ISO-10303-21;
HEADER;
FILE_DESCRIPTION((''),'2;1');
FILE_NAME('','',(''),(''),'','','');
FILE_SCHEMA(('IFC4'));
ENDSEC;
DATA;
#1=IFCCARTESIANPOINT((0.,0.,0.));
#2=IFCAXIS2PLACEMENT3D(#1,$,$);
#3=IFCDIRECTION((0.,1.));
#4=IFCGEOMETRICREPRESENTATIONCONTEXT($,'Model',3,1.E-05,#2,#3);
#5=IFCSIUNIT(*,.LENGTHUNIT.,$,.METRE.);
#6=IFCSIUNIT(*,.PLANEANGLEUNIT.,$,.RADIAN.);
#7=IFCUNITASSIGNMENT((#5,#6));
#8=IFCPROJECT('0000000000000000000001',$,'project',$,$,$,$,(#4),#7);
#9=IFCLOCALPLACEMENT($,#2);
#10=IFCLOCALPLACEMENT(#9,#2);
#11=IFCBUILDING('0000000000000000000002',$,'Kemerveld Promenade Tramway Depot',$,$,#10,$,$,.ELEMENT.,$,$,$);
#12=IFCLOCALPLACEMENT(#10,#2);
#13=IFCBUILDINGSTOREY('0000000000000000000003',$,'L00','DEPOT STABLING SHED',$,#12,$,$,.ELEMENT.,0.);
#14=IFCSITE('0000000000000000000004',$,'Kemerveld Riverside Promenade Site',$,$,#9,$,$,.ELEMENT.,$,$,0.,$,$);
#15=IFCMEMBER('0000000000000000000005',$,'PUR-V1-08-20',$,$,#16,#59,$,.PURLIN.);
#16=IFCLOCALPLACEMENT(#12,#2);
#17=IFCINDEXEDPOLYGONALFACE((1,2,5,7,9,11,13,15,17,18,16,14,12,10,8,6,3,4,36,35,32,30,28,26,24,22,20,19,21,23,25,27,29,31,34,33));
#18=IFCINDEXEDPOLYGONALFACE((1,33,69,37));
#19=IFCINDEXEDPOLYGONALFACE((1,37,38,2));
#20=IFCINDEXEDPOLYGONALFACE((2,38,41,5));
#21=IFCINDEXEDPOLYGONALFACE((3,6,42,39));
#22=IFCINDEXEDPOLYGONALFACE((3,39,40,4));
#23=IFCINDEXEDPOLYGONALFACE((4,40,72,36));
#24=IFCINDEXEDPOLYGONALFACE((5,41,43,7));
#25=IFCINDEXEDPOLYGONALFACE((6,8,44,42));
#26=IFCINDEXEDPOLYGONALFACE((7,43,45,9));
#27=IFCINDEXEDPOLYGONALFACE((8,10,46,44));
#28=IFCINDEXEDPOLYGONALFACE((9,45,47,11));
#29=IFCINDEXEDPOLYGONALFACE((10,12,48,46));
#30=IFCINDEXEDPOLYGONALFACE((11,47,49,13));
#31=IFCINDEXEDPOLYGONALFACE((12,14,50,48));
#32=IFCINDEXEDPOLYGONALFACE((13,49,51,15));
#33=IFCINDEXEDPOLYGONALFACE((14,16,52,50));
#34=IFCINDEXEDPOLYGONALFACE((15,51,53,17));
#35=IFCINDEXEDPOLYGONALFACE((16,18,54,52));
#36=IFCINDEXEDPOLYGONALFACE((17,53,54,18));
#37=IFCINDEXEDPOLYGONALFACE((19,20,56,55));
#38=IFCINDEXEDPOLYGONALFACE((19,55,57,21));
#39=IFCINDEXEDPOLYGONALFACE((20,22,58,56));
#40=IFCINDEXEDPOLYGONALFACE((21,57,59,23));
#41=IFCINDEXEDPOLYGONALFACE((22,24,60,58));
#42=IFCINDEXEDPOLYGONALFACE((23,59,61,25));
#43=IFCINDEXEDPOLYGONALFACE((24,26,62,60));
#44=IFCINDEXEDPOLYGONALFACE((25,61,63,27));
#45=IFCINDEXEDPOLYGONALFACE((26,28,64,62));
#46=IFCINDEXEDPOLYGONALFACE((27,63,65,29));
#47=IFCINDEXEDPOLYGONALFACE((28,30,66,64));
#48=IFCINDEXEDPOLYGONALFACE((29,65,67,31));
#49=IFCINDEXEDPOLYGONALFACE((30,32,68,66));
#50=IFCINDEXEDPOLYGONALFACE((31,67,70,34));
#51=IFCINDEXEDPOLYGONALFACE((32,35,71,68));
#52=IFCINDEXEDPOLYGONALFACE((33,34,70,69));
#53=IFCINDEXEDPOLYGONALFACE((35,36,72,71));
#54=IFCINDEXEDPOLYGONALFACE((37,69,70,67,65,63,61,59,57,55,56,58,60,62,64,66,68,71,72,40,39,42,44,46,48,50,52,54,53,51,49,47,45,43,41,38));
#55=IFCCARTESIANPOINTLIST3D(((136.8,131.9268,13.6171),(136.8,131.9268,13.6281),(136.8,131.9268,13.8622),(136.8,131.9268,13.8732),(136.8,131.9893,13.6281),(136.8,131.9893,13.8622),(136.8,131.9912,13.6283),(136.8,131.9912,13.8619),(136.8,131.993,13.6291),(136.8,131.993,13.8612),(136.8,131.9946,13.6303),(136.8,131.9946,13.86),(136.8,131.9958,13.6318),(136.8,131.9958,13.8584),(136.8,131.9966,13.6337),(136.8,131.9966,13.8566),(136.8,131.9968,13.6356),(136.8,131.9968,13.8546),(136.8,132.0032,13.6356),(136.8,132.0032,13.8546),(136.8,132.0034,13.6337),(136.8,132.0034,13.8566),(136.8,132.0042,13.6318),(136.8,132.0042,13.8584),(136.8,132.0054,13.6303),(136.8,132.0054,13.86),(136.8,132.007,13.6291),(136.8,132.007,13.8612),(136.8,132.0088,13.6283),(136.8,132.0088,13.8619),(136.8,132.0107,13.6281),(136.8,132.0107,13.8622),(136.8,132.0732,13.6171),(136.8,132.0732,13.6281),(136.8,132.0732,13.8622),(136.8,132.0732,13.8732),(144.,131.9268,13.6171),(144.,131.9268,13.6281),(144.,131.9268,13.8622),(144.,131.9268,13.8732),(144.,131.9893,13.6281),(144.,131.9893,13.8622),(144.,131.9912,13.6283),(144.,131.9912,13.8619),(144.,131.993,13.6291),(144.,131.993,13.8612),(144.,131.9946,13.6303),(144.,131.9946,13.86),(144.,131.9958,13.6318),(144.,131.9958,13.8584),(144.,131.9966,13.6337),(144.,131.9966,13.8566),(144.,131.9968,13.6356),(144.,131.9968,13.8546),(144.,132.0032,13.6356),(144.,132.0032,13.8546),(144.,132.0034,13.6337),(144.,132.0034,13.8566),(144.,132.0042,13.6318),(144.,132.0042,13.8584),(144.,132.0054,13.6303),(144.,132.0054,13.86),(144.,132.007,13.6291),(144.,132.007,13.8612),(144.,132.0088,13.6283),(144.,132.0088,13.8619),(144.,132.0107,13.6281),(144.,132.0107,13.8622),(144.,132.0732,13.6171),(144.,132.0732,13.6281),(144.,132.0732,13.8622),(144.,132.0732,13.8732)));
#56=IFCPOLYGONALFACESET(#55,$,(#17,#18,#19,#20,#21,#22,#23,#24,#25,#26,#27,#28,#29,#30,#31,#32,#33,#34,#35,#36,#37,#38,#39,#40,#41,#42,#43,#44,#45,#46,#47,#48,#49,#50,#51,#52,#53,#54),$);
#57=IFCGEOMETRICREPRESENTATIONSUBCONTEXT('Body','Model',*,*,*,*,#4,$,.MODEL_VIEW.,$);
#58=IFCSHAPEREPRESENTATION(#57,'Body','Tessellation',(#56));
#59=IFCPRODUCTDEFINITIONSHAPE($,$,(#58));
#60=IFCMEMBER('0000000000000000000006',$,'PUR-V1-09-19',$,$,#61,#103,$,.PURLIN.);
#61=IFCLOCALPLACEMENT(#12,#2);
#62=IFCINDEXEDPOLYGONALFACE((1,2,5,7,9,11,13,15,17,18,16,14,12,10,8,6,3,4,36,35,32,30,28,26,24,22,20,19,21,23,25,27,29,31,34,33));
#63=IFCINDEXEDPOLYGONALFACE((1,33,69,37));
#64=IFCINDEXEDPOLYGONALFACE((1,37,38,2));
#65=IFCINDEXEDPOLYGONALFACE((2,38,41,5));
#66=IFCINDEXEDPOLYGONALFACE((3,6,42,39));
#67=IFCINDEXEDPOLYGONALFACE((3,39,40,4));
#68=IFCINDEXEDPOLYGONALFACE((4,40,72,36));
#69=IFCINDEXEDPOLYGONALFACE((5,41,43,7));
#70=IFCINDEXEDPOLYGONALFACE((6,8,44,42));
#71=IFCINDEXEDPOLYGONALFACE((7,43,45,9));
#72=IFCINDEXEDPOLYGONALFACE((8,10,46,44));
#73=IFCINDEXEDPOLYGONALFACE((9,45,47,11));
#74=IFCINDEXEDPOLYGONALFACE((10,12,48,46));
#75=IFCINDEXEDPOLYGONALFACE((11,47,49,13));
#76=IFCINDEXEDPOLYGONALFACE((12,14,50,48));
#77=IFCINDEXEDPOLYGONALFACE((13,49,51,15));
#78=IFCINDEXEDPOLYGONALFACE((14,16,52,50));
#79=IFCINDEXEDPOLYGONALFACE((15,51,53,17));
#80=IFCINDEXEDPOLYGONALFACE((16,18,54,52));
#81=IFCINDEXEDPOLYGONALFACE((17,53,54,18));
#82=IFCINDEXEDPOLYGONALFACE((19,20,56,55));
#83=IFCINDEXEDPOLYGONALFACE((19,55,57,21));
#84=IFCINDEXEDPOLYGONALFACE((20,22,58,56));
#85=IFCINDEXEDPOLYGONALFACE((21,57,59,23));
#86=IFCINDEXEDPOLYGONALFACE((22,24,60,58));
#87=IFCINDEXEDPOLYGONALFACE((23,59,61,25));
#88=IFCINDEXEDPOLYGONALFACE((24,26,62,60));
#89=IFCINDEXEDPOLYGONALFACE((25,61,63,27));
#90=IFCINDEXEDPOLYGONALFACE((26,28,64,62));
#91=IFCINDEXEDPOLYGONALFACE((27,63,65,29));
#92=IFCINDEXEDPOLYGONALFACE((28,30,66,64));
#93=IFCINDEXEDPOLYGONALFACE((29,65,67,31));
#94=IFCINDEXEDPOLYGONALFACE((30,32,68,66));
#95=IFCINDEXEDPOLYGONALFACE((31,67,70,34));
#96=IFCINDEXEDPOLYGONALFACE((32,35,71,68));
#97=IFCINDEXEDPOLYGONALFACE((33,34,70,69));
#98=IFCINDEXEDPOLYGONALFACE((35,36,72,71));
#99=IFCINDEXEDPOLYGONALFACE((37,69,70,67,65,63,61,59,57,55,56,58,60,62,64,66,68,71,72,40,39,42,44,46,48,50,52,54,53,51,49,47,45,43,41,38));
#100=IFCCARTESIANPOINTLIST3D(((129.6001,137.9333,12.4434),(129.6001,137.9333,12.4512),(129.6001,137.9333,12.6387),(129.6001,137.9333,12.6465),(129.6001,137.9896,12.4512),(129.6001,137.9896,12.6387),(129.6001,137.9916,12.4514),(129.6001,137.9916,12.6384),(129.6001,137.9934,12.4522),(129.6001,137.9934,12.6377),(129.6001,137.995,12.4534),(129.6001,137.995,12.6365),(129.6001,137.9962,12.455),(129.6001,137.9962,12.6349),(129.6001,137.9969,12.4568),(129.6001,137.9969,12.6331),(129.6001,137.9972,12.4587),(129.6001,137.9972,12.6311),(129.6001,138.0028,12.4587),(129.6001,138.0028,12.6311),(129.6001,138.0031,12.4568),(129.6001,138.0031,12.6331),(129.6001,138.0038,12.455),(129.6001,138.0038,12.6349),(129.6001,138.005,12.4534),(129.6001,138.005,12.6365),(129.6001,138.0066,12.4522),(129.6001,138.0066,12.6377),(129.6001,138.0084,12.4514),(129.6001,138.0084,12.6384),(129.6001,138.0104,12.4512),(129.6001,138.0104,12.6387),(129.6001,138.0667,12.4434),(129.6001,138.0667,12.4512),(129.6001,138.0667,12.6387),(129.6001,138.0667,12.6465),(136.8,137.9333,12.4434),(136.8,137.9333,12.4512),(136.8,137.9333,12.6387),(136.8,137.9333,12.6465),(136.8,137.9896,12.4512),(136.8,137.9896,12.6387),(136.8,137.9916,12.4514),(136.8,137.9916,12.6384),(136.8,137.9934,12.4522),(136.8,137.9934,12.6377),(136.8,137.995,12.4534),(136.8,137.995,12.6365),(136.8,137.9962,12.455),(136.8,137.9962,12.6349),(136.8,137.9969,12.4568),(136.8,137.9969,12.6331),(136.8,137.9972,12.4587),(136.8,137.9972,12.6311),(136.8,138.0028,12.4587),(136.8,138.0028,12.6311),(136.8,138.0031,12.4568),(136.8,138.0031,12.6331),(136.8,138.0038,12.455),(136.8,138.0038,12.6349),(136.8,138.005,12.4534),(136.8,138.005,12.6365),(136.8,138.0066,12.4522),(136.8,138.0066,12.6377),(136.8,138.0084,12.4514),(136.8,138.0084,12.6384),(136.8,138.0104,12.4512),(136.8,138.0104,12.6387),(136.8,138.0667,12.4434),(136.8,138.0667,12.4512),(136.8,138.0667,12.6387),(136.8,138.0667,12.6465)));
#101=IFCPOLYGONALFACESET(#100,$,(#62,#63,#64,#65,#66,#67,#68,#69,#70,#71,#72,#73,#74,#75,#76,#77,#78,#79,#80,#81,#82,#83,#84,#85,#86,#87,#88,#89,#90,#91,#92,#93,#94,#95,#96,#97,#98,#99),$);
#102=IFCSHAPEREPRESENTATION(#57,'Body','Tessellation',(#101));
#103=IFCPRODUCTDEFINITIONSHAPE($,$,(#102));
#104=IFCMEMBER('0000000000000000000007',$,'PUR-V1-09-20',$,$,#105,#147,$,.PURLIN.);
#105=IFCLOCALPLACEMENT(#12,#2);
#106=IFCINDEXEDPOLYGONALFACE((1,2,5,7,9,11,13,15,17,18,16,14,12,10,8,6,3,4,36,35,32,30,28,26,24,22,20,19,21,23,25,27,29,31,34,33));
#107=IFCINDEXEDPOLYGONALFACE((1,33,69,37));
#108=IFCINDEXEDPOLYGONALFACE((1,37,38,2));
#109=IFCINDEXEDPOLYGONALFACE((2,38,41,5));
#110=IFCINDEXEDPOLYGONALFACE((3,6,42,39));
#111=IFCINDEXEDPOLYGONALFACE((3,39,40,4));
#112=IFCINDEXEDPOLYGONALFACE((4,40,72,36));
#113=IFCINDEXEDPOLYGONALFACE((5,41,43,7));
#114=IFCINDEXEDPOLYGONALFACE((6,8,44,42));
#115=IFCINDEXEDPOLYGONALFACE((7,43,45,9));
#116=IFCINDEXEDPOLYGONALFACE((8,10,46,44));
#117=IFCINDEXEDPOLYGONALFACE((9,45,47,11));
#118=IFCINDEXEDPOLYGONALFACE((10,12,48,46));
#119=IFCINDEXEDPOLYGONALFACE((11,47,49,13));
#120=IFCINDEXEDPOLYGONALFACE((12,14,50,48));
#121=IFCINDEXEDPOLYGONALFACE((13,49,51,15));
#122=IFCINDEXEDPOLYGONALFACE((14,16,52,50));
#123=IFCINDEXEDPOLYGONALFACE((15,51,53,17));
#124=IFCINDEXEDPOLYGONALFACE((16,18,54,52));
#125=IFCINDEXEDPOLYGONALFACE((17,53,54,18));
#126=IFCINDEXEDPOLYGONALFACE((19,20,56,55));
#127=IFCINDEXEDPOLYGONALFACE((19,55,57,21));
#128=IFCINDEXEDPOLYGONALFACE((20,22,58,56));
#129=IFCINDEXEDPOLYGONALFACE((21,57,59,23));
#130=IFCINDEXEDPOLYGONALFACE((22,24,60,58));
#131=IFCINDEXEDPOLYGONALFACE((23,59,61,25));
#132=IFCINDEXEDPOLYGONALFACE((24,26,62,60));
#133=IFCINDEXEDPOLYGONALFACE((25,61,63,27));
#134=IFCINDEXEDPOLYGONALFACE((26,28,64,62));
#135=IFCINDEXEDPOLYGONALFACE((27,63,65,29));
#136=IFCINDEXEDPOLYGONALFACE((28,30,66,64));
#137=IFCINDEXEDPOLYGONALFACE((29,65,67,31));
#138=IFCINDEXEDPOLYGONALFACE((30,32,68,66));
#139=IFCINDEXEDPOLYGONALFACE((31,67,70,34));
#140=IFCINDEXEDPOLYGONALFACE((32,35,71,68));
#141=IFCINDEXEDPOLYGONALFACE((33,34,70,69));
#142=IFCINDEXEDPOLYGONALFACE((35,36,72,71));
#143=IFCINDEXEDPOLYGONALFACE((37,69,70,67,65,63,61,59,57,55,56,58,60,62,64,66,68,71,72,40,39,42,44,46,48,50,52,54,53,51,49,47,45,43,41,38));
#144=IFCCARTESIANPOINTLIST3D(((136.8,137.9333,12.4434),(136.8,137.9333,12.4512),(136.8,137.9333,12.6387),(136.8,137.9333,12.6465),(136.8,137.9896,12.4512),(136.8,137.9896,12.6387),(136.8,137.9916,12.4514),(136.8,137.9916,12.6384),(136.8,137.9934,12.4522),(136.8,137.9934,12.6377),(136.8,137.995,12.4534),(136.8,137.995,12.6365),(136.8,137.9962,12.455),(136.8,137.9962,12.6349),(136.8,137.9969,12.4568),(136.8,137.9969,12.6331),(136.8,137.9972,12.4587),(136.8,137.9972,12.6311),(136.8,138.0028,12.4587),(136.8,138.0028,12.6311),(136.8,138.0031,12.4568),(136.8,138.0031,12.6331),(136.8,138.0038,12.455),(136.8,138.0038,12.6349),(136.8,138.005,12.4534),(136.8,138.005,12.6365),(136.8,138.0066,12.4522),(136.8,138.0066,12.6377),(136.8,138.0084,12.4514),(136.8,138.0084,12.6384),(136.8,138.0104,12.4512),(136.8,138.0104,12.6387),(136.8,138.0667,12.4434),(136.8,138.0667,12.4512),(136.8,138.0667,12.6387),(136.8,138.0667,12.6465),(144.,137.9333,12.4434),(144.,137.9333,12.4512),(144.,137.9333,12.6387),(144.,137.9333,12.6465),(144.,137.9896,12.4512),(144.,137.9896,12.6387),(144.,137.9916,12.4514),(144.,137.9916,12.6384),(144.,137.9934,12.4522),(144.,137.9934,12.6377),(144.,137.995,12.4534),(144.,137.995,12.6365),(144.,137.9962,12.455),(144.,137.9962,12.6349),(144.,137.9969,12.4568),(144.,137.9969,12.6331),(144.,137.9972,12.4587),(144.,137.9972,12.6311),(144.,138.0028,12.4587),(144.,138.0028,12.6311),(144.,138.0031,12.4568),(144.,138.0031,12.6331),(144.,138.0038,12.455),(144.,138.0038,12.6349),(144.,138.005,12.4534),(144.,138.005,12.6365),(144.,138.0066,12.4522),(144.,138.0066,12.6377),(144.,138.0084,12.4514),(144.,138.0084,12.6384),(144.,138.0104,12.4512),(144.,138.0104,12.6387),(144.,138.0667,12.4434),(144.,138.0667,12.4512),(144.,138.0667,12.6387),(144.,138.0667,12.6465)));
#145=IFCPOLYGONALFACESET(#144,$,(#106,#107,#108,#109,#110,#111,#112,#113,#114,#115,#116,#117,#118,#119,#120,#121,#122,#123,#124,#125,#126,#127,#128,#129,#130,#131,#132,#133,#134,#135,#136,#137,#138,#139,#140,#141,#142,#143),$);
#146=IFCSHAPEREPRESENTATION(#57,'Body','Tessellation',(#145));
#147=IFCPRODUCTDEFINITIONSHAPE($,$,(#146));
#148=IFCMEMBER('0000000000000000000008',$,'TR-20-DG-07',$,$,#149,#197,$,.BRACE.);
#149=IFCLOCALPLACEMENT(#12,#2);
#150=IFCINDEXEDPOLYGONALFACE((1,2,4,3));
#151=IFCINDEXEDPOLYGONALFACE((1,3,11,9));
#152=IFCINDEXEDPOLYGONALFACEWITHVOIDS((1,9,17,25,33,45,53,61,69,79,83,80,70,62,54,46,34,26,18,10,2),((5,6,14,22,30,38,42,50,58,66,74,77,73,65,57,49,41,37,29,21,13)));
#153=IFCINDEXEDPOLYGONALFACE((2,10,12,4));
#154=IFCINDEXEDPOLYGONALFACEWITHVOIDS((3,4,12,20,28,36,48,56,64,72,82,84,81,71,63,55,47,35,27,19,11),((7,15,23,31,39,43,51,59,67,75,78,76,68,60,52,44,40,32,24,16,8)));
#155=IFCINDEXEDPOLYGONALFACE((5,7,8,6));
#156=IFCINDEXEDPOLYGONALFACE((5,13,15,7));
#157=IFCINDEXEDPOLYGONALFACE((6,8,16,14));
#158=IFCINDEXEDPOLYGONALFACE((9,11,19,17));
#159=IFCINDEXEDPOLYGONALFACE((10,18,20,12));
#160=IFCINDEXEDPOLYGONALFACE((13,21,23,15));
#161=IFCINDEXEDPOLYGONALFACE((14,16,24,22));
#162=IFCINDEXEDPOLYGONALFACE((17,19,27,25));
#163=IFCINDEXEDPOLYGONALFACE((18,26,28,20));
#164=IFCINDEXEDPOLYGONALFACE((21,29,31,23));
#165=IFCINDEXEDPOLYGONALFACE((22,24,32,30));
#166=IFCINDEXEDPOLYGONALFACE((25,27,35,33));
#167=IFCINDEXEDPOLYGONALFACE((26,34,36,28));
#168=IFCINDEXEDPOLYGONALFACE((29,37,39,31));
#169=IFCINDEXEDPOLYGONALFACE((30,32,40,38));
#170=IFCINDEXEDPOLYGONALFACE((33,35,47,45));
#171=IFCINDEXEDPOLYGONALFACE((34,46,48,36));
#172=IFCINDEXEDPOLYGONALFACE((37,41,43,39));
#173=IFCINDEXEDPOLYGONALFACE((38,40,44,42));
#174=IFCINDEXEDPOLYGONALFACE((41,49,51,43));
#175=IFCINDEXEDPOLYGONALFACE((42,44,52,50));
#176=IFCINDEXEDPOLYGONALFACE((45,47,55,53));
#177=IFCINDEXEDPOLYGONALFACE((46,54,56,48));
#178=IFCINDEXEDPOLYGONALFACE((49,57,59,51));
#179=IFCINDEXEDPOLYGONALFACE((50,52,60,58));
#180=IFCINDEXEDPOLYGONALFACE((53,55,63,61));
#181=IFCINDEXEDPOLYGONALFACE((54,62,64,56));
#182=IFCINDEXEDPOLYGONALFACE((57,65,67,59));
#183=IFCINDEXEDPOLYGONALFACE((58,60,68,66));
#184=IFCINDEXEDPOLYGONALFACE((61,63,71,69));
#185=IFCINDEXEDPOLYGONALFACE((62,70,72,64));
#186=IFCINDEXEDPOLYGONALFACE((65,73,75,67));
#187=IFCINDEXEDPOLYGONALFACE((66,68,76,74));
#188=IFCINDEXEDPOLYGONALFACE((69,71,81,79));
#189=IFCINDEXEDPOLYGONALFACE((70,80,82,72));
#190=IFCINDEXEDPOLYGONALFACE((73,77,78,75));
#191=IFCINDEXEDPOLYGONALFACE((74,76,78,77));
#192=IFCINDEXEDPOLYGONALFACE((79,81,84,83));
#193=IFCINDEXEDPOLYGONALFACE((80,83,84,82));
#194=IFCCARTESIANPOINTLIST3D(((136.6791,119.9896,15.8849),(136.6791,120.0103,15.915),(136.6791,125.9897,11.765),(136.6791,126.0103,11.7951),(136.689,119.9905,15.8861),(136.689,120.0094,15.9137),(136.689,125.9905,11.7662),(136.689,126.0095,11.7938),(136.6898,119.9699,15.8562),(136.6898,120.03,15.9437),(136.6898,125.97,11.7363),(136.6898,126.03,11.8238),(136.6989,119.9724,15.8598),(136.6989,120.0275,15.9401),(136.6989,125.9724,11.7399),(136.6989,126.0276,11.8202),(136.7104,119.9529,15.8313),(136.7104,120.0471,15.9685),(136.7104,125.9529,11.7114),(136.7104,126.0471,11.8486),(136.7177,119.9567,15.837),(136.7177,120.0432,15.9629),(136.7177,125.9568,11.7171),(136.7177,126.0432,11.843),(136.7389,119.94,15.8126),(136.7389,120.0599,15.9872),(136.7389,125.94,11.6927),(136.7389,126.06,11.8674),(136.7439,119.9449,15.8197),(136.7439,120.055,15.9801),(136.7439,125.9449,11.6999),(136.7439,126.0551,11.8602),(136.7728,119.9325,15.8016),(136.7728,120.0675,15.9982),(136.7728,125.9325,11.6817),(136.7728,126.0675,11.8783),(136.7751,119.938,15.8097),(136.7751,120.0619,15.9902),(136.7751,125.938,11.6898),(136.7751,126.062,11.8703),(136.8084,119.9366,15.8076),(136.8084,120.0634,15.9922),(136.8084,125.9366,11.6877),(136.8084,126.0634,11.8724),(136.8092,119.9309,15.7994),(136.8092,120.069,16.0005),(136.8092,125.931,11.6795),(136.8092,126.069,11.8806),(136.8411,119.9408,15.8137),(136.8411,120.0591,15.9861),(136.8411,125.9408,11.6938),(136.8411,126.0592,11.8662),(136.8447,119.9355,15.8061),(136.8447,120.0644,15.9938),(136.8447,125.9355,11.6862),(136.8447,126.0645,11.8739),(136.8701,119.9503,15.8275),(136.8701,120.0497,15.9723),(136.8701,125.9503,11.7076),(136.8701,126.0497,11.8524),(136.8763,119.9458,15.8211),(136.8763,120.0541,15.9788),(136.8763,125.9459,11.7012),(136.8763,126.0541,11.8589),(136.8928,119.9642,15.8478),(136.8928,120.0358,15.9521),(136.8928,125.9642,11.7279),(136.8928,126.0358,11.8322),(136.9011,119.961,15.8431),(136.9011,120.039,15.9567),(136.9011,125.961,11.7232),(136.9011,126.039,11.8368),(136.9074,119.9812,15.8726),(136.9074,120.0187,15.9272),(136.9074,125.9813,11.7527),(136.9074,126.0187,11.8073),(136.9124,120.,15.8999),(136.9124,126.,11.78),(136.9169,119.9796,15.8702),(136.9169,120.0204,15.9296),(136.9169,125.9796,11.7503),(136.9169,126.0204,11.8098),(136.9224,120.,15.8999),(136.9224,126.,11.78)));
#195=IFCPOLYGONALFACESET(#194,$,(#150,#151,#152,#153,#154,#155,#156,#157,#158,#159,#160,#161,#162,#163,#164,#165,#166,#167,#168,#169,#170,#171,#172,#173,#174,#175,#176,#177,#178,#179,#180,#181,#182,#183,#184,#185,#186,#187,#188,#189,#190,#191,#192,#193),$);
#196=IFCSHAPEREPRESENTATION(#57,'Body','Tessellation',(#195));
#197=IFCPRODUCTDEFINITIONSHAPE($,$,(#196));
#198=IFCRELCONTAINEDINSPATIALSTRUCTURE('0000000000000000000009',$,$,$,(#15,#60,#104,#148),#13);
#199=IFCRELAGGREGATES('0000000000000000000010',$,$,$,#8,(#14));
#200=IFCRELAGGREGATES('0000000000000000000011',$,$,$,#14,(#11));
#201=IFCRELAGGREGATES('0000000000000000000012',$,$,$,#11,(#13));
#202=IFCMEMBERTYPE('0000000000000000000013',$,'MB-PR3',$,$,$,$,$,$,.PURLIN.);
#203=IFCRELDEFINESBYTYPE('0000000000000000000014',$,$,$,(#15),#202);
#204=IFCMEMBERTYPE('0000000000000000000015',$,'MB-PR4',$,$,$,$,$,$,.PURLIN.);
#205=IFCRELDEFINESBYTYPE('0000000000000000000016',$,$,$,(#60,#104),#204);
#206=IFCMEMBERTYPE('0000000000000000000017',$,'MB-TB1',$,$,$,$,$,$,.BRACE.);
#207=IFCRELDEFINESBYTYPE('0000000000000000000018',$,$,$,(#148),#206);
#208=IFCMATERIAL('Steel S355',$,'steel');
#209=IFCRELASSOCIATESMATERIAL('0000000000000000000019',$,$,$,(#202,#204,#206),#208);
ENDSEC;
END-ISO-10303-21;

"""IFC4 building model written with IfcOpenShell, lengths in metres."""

from ifc_helpers import new_model, si_unit, direction, frame, origin, origin_2d, place, context, subcontext, project, spatial, hollow_circle, i_section, extrude, material, material_profile, profile_set, type_object, element, save


model = new_model("IFC4")

# Units and contexts
model_context = context("Model", 3, precision=1e-05, world=origin(), true_north=direction((0.0, 1.0)))
body_context = subcontext(model_context, "Body", "Model", "MODEL_VIEW")
ifc_project = project(units=[si_unit("LENGTHUNIT", "METRE"), si_unit("PLANEANGLEUNIT", "RADIAN")], contexts=[model_context])

# Site, building, storey
site_placement = place(None, origin())
site = spatial("IfcSite", under=ifc_project, at=site_placement, Name="Kemerveld Riverside Promenade Site", CompositionType="ELEMENT", RefElevation=0.0)
building_placement = place(site_placement, origin())
building = spatial("IfcBuilding", under=site, at=building_placement, Name="Kemerveld Promenade Tramway Depot", CompositionType="ELEMENT")
storey_placement = place(building_placement, origin())
storey = spatial("IfcBuildingStorey", under=building, at=storey_placement, Name="L00", Description="DEPOT STABLING SHED", CompositionType="ELEMENT", Elevation=0.0)

# Members
ifc_material = material(Name="Steel S355", Category="steel")
ifc_material_profile_1 = material_profile(ifc_material, i_section(OverallWidth=0.1465, OverallDepth=0.2561, WebThickness=0.0063, FlangeThickness=0.011, FilletRadius=0.0076, at=origin_2d()), Name="254x146x37 UB")
ifc_profile_set_1 = profile_set([ifc_material_profile_1], Name="Steel S355")
member_type_1 = type_object("IfcMemberType", Name="MB-PR3", PredefinedType="PURLIN", material=ifc_profile_set_1)
for number, where, z_axis, x_axis, name in (
    (1, (136.8, 132.0, 13.7451), (1.0, 0.0, 0.0), (0.0, 1.0, 0.0), "PUR-V1-08-20"),
):
    element("IfcMember", number, at=place(storey_placement, frame(where, z_axis=z_axis, x_axis=x_axis)), inside=storey, type_object=member_type_1, Name=name, PredefinedType="PURLIN", context=body_context, shape_type="SweptSolid", body=[
        extrude(i_section(OverallWidth=0.1465, OverallDepth=0.2561, WebThickness=0.0063, FlangeThickness=0.011, FilletRadius=0.0076, at=origin_2d()), origin(), (0.0, 0.0, 1.0), 7.2),
    ])
ifc_material_profile_2 = material_profile(ifc_material, i_section(OverallWidth=0.1333, OverallDepth=0.2031, WebThickness=0.0056, FlangeThickness=0.0078, FilletRadius=0.0076, at=origin_2d()), Name="203x133x25 UB")
ifc_profile_set_2 = profile_set([ifc_material_profile_2], Name="Steel S355")
member_type_2 = type_object("IfcMemberType", Name="MB-PR4", PredefinedType="PURLIN", material=ifc_profile_set_2)
for number, where, z_axis, x_axis, name in (
    (2, (129.6001, 138.0, 12.5449), (1.0, 0.0, 0.0), (0.0, 1.0, 0.0), "PUR-V1-09-19"),
    (3, (136.8, 138.0, 12.5449), (1.0, 0.0, 0.0), (0.0, 1.0, 0.0), "PUR-V1-09-20"),
):
    element("IfcMember", number, at=place(storey_placement, frame(where, z_axis=z_axis, x_axis=x_axis)), inside=storey, type_object=member_type_2, Name=name, PredefinedType="PURLIN", context=body_context, shape_type="SweptSolid", body=[
        extrude(i_section(OverallWidth=0.1333, OverallDepth=0.2031, WebThickness=0.0056, FlangeThickness=0.0078, FilletRadius=0.0076, at=origin_2d()), origin(), (0.0, 0.0, 1.0), 7.2),
    ])
ifc_material_profile_3 = material_profile(ifc_material, hollow_circle(Radius=0.1223, WallThickness=0.01, at=origin_2d()), Name="244.5x10.0 CHS")
ifc_profile_set_3 = profile_set([ifc_material_profile_3], Name="Steel S355")
member_type_3 = type_object("IfcMemberType", Name="MB-TB1", PredefinedType="BRACE", material=ifc_profile_set_3)
member_1_placement = place(storey_placement, frame((136.8, 126.0, 11.78), z_axis=(0.0, -0.824371, 0.56605), x_axis=(1.0, 0.0, 0.0)))
element("IfcMember", 4, at=member_1_placement, inside=storey, type_object=member_type_3, Name="TR-20-DG-07", PredefinedType="BRACE", context=body_context, shape_type="SweptSolid", body=[
    extrude(hollow_circle(Radius=0.1223, WallThickness=0.01, at=origin_2d()), origin(), (0.0, 0.0, 1.0), 7.2783),
])

save(model, "model.ifc")
